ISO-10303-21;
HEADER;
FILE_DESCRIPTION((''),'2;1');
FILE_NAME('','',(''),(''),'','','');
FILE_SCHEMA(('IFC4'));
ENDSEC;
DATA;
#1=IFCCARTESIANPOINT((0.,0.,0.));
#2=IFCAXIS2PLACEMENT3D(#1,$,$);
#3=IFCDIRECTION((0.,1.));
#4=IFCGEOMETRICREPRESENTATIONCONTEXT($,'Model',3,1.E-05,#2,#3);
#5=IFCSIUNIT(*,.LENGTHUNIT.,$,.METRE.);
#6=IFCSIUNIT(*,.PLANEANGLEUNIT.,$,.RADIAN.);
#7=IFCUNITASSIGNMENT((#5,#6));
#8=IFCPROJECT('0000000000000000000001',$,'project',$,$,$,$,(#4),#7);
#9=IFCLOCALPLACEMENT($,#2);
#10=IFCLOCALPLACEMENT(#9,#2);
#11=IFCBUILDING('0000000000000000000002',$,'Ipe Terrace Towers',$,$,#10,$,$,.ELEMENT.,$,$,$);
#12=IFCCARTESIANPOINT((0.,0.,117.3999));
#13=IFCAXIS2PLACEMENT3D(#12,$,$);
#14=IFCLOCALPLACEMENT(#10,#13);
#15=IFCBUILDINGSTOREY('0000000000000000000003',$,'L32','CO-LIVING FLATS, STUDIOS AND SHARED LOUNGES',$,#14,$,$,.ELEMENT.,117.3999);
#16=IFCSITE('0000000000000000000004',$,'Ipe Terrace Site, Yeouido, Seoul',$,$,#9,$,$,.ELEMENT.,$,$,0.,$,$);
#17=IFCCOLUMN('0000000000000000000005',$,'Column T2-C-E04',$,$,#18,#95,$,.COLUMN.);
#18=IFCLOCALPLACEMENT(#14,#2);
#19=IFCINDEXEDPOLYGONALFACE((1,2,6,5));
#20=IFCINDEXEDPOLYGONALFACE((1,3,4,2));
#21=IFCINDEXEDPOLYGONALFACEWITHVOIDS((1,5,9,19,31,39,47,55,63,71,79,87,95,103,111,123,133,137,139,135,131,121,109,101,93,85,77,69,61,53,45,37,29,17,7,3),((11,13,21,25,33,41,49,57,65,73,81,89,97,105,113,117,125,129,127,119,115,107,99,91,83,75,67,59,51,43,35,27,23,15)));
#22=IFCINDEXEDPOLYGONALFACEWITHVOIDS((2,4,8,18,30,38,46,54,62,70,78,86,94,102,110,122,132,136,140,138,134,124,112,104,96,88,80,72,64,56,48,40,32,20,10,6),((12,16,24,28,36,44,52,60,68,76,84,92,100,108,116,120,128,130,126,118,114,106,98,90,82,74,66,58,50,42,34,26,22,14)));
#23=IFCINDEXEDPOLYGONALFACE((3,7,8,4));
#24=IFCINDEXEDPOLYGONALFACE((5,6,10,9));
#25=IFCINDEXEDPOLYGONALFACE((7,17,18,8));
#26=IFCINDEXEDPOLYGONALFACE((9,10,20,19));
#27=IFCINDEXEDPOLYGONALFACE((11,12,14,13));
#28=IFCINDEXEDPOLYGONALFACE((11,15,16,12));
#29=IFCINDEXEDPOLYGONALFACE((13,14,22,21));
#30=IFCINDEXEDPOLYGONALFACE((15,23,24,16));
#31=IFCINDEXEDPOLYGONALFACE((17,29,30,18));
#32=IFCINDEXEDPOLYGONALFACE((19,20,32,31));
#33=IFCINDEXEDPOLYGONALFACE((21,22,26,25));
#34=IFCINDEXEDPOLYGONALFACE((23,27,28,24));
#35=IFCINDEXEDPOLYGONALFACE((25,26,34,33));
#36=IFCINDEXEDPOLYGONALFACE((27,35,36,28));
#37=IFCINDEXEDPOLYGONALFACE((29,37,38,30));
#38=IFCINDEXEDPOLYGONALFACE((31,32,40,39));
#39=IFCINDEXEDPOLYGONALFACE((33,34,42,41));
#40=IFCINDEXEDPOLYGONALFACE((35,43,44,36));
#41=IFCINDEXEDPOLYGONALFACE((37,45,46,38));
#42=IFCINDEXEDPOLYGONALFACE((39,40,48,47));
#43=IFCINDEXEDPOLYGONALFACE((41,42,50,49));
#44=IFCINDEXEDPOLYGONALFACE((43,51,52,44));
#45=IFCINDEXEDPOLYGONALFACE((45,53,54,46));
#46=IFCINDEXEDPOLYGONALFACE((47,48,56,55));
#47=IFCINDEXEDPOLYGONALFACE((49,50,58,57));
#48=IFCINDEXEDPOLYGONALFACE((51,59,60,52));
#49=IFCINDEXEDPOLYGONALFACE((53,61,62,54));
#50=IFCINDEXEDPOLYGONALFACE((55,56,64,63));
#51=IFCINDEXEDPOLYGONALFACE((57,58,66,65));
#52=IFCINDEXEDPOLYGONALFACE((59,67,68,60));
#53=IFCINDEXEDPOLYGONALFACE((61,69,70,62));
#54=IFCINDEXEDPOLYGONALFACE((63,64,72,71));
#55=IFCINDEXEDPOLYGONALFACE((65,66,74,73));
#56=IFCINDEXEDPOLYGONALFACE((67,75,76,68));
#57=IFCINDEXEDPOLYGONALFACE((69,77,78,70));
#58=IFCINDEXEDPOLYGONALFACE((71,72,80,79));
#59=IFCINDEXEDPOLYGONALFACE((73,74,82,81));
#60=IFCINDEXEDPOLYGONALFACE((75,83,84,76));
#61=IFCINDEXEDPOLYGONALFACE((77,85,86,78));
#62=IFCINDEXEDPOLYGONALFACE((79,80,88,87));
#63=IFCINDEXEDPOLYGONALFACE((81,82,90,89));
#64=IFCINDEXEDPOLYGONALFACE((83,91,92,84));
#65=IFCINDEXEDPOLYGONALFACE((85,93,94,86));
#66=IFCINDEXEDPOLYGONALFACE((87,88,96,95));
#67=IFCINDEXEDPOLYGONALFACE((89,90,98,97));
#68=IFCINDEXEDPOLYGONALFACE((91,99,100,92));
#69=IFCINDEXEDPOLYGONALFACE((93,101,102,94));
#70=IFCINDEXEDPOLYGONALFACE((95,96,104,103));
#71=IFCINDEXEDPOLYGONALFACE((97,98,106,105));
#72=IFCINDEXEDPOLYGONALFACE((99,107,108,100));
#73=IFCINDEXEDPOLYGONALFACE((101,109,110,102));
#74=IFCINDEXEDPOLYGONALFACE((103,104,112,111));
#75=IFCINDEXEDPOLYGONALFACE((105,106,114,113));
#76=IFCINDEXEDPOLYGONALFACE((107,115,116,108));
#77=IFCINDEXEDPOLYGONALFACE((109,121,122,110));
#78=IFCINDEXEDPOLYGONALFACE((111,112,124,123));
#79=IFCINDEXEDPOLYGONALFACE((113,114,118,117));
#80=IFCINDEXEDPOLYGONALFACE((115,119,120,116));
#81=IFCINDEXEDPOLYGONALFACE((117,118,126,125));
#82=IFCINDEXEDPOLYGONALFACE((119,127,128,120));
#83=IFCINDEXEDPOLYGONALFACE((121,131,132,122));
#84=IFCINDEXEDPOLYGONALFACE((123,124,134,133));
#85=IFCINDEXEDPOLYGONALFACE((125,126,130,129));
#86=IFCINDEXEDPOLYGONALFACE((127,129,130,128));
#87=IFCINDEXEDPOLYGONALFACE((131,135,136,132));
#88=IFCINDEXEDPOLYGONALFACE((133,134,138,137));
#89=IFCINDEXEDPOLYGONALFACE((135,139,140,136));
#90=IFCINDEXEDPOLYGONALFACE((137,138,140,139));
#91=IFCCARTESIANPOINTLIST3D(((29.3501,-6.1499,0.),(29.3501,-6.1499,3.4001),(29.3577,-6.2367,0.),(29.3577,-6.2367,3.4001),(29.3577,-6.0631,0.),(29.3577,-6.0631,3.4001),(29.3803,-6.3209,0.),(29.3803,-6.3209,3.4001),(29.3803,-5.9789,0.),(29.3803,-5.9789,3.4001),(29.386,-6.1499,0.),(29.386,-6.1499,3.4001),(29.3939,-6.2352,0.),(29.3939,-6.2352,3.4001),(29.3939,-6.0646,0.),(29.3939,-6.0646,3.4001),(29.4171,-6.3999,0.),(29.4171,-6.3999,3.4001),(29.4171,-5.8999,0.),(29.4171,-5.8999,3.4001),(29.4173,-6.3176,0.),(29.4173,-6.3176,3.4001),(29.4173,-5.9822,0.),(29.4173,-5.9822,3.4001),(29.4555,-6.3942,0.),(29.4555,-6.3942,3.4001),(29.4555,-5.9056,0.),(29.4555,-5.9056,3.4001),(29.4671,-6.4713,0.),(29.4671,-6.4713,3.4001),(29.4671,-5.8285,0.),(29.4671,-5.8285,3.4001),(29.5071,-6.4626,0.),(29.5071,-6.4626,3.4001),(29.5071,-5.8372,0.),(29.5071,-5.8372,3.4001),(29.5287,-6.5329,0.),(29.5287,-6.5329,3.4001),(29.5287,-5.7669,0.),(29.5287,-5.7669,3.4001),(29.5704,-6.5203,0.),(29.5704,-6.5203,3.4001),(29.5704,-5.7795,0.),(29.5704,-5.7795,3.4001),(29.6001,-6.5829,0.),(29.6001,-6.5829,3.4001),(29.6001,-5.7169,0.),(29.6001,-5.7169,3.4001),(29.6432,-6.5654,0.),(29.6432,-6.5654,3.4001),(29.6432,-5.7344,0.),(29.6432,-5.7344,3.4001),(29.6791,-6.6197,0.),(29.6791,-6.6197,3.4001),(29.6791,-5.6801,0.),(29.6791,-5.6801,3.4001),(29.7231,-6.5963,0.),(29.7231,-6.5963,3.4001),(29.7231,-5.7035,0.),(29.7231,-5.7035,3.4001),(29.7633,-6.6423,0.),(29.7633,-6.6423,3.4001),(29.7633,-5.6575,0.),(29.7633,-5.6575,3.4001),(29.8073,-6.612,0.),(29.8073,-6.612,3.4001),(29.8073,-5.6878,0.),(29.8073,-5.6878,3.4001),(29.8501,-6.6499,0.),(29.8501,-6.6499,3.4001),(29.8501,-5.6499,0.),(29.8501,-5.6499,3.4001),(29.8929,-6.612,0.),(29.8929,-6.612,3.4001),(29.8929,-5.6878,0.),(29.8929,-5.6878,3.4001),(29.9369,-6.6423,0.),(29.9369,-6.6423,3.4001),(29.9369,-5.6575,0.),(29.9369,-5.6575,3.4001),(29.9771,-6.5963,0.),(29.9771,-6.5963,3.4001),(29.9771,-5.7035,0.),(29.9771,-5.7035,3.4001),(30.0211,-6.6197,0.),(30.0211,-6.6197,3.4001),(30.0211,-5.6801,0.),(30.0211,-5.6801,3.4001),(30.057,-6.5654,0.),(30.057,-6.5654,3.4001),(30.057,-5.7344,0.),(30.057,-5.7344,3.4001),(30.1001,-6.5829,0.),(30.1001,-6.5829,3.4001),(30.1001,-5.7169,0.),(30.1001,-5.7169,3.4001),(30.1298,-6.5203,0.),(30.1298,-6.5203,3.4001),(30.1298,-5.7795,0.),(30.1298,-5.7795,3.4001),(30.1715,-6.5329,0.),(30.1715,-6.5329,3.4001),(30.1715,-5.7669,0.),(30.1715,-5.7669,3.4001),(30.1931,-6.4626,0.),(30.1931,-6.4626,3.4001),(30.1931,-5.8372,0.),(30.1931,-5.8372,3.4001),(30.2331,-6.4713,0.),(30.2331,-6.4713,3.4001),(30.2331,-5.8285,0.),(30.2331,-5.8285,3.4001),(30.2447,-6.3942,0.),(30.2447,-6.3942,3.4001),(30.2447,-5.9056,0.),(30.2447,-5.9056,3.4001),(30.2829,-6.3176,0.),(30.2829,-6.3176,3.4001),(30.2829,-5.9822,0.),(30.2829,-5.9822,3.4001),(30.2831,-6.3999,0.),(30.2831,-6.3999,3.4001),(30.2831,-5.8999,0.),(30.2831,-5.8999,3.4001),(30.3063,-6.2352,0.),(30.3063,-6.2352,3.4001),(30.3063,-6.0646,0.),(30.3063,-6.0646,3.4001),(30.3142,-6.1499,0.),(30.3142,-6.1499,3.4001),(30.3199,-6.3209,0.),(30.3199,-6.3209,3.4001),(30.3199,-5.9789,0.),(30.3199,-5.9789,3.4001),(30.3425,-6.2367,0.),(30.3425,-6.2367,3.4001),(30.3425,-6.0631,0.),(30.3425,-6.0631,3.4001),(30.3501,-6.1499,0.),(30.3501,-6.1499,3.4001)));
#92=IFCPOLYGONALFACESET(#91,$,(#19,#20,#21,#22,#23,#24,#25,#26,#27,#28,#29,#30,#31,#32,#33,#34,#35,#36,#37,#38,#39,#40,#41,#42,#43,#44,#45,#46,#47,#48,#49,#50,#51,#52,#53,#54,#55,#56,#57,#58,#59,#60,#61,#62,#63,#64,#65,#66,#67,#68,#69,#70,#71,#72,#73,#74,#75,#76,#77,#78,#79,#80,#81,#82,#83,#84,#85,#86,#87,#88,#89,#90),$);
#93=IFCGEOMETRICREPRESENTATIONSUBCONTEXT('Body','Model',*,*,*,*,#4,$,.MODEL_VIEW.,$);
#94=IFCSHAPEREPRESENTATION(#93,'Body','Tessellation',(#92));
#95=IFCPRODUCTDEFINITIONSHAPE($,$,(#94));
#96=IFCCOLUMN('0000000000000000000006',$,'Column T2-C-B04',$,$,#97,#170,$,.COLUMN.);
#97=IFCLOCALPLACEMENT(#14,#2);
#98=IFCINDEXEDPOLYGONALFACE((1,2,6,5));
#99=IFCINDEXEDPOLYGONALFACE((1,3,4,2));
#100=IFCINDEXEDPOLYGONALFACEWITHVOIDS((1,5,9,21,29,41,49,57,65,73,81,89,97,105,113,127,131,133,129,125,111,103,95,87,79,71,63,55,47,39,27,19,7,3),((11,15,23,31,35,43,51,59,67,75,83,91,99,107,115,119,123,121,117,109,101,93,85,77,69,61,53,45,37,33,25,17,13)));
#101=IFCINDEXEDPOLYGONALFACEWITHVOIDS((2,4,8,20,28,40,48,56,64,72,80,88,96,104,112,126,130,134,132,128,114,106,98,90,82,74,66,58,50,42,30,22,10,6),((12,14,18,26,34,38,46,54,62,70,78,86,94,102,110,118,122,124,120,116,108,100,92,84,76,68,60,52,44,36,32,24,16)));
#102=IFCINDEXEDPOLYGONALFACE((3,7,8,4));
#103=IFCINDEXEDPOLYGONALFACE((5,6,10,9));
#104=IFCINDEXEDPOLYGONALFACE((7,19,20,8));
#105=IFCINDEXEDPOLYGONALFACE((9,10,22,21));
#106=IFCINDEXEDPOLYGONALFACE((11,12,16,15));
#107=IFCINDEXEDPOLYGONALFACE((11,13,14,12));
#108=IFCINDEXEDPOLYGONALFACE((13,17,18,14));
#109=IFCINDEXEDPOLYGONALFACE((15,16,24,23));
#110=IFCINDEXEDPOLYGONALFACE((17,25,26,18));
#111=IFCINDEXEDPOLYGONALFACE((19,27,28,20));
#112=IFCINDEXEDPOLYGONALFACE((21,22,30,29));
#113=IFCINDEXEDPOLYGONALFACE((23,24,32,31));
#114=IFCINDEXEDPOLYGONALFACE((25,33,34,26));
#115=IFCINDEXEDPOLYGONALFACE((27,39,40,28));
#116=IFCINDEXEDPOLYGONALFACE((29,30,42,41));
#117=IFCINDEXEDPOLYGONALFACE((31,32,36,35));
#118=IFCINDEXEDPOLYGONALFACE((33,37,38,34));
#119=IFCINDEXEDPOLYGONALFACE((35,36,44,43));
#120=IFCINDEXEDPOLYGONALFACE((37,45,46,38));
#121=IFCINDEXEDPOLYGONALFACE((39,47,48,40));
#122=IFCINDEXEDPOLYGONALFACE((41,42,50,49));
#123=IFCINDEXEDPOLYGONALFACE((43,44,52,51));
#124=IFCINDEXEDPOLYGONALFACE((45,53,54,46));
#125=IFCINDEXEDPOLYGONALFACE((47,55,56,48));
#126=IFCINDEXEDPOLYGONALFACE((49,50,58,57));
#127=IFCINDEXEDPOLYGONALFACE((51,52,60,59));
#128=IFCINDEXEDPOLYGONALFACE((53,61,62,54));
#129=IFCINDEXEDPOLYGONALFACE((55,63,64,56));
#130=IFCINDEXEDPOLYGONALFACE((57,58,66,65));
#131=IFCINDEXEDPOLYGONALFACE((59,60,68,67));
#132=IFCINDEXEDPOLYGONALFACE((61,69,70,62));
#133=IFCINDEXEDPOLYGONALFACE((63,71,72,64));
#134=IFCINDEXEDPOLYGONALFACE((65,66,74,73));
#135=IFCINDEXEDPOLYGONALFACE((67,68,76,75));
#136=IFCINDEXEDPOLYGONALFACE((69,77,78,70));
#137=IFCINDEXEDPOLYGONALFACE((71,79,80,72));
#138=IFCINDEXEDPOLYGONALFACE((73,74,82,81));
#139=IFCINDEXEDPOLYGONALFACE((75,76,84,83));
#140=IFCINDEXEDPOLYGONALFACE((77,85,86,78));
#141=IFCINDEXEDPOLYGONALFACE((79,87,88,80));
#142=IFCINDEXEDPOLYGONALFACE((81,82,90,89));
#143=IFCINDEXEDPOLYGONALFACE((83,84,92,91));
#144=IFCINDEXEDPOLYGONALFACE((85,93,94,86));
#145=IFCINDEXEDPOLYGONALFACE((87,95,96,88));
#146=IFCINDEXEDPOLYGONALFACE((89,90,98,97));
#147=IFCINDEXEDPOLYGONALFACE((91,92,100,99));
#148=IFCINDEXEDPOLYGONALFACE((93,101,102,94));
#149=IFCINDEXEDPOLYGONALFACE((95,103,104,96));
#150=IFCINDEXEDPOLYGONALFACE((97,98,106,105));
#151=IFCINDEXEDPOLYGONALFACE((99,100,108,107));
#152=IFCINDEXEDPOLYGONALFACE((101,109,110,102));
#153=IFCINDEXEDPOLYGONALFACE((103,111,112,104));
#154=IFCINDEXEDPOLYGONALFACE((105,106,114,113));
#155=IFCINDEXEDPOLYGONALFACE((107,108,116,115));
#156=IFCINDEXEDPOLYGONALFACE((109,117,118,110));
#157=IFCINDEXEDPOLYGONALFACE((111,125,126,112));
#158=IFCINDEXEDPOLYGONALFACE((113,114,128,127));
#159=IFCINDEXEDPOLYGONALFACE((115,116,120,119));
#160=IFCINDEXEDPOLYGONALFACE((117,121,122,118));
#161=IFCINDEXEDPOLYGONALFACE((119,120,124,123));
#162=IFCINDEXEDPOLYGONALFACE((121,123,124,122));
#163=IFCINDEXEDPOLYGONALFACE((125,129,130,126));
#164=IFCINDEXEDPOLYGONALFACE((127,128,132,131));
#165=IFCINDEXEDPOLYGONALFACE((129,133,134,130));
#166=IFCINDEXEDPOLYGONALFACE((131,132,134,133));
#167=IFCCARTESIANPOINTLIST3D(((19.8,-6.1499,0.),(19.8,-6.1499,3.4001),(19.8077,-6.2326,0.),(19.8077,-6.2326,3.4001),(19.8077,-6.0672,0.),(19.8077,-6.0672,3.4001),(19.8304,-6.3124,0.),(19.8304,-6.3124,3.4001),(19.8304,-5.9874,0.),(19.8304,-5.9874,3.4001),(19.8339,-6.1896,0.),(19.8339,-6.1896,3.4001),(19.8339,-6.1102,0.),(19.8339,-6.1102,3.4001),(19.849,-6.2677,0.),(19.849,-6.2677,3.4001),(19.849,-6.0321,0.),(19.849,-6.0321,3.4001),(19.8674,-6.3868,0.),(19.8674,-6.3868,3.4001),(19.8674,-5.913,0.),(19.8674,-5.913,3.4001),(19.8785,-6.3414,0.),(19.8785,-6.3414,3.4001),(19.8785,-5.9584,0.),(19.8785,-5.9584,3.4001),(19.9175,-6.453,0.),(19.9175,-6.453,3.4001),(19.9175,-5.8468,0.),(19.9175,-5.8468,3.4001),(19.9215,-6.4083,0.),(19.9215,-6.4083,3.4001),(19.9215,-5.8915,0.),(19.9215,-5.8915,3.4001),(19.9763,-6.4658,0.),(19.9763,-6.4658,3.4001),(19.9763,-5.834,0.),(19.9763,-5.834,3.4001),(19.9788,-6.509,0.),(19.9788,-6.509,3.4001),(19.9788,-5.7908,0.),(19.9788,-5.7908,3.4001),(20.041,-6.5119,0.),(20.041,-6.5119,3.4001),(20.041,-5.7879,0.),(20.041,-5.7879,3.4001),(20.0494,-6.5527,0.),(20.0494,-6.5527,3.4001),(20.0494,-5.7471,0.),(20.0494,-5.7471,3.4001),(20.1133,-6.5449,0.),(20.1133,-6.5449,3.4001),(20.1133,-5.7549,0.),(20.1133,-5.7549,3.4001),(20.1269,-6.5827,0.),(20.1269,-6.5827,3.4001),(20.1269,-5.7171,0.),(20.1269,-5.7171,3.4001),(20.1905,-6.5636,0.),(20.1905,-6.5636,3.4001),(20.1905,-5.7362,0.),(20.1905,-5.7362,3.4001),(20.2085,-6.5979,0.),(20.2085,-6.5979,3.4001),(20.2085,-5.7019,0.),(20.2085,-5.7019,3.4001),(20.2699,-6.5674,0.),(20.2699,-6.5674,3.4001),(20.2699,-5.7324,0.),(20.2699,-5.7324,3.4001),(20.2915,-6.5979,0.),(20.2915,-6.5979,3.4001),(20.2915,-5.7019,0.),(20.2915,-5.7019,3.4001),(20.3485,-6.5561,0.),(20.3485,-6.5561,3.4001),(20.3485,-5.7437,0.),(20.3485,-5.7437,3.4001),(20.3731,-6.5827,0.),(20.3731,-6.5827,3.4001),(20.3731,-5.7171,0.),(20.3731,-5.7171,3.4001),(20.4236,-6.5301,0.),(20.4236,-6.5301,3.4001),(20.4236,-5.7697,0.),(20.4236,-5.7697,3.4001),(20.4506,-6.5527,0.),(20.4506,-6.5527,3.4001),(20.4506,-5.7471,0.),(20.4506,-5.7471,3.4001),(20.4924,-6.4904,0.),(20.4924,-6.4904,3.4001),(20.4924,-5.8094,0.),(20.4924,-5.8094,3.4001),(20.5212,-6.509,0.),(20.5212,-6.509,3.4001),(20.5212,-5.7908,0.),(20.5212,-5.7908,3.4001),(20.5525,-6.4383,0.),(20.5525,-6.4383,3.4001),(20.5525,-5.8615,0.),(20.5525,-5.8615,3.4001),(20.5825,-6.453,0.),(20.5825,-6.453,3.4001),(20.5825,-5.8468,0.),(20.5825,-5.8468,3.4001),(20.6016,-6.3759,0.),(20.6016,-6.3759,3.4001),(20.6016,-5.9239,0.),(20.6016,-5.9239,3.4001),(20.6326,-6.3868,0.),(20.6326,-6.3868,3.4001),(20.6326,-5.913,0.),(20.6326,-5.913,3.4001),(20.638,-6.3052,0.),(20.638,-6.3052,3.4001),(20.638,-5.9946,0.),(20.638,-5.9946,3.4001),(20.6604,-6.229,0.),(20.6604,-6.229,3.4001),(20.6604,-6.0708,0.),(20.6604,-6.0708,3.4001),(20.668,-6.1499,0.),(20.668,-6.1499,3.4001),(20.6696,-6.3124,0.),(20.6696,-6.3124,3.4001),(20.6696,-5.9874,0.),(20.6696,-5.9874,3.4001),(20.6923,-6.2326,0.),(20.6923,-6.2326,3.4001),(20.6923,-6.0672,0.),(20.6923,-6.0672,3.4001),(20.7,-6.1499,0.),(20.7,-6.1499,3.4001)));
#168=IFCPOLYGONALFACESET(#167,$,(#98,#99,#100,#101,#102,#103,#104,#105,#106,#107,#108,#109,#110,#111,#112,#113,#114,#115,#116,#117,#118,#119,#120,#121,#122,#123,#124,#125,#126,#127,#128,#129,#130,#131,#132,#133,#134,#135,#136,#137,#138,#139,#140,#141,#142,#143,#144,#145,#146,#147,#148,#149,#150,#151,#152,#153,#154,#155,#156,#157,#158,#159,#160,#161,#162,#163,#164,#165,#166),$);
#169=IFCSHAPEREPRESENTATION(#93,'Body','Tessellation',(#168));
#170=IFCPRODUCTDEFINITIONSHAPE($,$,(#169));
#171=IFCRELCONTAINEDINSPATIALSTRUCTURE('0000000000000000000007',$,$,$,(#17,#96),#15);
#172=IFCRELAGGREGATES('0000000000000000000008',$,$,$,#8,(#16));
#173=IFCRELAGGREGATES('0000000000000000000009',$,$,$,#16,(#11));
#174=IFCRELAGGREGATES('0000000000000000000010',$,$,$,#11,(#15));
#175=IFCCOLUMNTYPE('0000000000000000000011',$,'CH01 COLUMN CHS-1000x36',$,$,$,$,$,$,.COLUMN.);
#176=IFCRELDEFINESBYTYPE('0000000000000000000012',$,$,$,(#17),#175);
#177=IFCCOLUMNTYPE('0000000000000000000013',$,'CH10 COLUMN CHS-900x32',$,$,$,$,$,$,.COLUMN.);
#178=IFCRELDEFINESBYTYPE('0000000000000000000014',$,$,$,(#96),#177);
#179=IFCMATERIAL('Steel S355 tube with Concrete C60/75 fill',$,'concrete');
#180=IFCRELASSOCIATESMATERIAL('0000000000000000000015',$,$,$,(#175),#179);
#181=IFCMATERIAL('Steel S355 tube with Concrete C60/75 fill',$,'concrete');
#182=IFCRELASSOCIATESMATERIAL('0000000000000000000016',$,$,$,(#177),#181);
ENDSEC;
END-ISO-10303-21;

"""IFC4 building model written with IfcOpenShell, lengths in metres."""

from ifc_helpers import new_model, si_unit, direction, frame, origin, origin_2d, place, context, subcontext, project, spatial, hollow_circle, extrude, material, material_profile, profile_set, type_object, element, save


model = new_model("IFC4")

# Units and contexts
model_context = context("Model", 3, precision=1e-05, world=origin(), true_north=direction((0.0, 1.0)))
body_context = subcontext(model_context, "Body", "Model", "MODEL_VIEW")
ifc_project = project(units=[si_unit("LENGTHUNIT", "METRE"), si_unit("PLANEANGLEUNIT", "RADIAN")], contexts=[model_context])

# Site, building, storey
site_placement = place(None, origin())
site = spatial("IfcSite", under=ifc_project, at=site_placement, Name="Ipe Terrace Site, Yeouido, Seoul", CompositionType="ELEMENT", RefElevation=0.0)
building_placement = place(site_placement, origin())
building = spatial("IfcBuilding", under=site, at=building_placement, Name="Ipe Terrace Towers", CompositionType="ELEMENT")
storey_placement = place(building_placement, frame((0.0, 0.0, 117.3999)))
storey = spatial("IfcBuildingStorey", under=building, at=storey_placement, Name="L32", Description="CO-LIVING FLATS, STUDIOS AND SHARED LOUNGES", CompositionType="ELEMENT", Elevation=117.3999)

# Columns
ifc_material_1 = material(Name="Steel S355 tube with Concrete C60/75 fill", Category="concrete")
ifc_material_profile_1 = material_profile(ifc_material_1, hollow_circle(Radius=0.5, WallThickness=0.0359, at=origin_2d()), Name="CHS-1000x36")
ifc_profile_set_1 = profile_set([ifc_material_profile_1], Name="Steel S355 tube with Concrete C60/75 fill")
column_type_1 = type_object("IfcColumnType", Name="CH01 COLUMN CHS-1000x36", PredefinedType="COLUMN", material=ifc_profile_set_1)
column_placement = place(storey_placement, frame((29.8501, -6.1499, 0.0), z_axis=(0.0, 0.0, 1.0), x_axis=(1.0, 0.0, 0.0)))
element("IfcColumn", 1, at=column_placement, inside=storey, type_object=column_type_1, Name="Column T2-C-E04", PredefinedType="COLUMN", context=body_context, shape_type="SweptSolid", body=[
    extrude(hollow_circle(Radius=0.5, WallThickness=0.0359, at=origin_2d()), origin(), (0.0, 0.0, 1.0), 3.4001),
])
ifc_material_2 = material(Name="Steel S355 tube with Concrete C60/75 fill", Category="concrete")
ifc_material_profile_2 = material_profile(ifc_material_2, hollow_circle(Radius=0.45, WallThickness=0.032, at=origin_2d()), Name="CHS-900x32")
ifc_profile_set_2 = profile_set([ifc_material_profile_2], Name="Steel S355 tube with Concrete C60/75 fill")
column_type_2 = type_object("IfcColumnType", Name="CH10 COLUMN CHS-900x32", PredefinedType="COLUMN", material=ifc_profile_set_2)
for number, where, z_axis, x_axis, name in (
    (2, (20.25, -6.1499, 0.0), (0.0, 0.0, 1.0), (1.0, 0.0, 0.0), "Column T2-C-B04"),
):
    element("IfcColumn", number, at=place(storey_placement, frame(where, z_axis=z_axis, x_axis=x_axis)), inside=storey, type_object=column_type_2, Name=name, PredefinedType="COLUMN", context=body_context, shape_type="SweptSolid", body=[
        extrude(hollow_circle(Radius=0.45, WallThickness=0.032, at=origin_2d()), origin(), (0.0, 0.0, 1.0), 3.4001),
    ])

save(model, "model.ifc")
